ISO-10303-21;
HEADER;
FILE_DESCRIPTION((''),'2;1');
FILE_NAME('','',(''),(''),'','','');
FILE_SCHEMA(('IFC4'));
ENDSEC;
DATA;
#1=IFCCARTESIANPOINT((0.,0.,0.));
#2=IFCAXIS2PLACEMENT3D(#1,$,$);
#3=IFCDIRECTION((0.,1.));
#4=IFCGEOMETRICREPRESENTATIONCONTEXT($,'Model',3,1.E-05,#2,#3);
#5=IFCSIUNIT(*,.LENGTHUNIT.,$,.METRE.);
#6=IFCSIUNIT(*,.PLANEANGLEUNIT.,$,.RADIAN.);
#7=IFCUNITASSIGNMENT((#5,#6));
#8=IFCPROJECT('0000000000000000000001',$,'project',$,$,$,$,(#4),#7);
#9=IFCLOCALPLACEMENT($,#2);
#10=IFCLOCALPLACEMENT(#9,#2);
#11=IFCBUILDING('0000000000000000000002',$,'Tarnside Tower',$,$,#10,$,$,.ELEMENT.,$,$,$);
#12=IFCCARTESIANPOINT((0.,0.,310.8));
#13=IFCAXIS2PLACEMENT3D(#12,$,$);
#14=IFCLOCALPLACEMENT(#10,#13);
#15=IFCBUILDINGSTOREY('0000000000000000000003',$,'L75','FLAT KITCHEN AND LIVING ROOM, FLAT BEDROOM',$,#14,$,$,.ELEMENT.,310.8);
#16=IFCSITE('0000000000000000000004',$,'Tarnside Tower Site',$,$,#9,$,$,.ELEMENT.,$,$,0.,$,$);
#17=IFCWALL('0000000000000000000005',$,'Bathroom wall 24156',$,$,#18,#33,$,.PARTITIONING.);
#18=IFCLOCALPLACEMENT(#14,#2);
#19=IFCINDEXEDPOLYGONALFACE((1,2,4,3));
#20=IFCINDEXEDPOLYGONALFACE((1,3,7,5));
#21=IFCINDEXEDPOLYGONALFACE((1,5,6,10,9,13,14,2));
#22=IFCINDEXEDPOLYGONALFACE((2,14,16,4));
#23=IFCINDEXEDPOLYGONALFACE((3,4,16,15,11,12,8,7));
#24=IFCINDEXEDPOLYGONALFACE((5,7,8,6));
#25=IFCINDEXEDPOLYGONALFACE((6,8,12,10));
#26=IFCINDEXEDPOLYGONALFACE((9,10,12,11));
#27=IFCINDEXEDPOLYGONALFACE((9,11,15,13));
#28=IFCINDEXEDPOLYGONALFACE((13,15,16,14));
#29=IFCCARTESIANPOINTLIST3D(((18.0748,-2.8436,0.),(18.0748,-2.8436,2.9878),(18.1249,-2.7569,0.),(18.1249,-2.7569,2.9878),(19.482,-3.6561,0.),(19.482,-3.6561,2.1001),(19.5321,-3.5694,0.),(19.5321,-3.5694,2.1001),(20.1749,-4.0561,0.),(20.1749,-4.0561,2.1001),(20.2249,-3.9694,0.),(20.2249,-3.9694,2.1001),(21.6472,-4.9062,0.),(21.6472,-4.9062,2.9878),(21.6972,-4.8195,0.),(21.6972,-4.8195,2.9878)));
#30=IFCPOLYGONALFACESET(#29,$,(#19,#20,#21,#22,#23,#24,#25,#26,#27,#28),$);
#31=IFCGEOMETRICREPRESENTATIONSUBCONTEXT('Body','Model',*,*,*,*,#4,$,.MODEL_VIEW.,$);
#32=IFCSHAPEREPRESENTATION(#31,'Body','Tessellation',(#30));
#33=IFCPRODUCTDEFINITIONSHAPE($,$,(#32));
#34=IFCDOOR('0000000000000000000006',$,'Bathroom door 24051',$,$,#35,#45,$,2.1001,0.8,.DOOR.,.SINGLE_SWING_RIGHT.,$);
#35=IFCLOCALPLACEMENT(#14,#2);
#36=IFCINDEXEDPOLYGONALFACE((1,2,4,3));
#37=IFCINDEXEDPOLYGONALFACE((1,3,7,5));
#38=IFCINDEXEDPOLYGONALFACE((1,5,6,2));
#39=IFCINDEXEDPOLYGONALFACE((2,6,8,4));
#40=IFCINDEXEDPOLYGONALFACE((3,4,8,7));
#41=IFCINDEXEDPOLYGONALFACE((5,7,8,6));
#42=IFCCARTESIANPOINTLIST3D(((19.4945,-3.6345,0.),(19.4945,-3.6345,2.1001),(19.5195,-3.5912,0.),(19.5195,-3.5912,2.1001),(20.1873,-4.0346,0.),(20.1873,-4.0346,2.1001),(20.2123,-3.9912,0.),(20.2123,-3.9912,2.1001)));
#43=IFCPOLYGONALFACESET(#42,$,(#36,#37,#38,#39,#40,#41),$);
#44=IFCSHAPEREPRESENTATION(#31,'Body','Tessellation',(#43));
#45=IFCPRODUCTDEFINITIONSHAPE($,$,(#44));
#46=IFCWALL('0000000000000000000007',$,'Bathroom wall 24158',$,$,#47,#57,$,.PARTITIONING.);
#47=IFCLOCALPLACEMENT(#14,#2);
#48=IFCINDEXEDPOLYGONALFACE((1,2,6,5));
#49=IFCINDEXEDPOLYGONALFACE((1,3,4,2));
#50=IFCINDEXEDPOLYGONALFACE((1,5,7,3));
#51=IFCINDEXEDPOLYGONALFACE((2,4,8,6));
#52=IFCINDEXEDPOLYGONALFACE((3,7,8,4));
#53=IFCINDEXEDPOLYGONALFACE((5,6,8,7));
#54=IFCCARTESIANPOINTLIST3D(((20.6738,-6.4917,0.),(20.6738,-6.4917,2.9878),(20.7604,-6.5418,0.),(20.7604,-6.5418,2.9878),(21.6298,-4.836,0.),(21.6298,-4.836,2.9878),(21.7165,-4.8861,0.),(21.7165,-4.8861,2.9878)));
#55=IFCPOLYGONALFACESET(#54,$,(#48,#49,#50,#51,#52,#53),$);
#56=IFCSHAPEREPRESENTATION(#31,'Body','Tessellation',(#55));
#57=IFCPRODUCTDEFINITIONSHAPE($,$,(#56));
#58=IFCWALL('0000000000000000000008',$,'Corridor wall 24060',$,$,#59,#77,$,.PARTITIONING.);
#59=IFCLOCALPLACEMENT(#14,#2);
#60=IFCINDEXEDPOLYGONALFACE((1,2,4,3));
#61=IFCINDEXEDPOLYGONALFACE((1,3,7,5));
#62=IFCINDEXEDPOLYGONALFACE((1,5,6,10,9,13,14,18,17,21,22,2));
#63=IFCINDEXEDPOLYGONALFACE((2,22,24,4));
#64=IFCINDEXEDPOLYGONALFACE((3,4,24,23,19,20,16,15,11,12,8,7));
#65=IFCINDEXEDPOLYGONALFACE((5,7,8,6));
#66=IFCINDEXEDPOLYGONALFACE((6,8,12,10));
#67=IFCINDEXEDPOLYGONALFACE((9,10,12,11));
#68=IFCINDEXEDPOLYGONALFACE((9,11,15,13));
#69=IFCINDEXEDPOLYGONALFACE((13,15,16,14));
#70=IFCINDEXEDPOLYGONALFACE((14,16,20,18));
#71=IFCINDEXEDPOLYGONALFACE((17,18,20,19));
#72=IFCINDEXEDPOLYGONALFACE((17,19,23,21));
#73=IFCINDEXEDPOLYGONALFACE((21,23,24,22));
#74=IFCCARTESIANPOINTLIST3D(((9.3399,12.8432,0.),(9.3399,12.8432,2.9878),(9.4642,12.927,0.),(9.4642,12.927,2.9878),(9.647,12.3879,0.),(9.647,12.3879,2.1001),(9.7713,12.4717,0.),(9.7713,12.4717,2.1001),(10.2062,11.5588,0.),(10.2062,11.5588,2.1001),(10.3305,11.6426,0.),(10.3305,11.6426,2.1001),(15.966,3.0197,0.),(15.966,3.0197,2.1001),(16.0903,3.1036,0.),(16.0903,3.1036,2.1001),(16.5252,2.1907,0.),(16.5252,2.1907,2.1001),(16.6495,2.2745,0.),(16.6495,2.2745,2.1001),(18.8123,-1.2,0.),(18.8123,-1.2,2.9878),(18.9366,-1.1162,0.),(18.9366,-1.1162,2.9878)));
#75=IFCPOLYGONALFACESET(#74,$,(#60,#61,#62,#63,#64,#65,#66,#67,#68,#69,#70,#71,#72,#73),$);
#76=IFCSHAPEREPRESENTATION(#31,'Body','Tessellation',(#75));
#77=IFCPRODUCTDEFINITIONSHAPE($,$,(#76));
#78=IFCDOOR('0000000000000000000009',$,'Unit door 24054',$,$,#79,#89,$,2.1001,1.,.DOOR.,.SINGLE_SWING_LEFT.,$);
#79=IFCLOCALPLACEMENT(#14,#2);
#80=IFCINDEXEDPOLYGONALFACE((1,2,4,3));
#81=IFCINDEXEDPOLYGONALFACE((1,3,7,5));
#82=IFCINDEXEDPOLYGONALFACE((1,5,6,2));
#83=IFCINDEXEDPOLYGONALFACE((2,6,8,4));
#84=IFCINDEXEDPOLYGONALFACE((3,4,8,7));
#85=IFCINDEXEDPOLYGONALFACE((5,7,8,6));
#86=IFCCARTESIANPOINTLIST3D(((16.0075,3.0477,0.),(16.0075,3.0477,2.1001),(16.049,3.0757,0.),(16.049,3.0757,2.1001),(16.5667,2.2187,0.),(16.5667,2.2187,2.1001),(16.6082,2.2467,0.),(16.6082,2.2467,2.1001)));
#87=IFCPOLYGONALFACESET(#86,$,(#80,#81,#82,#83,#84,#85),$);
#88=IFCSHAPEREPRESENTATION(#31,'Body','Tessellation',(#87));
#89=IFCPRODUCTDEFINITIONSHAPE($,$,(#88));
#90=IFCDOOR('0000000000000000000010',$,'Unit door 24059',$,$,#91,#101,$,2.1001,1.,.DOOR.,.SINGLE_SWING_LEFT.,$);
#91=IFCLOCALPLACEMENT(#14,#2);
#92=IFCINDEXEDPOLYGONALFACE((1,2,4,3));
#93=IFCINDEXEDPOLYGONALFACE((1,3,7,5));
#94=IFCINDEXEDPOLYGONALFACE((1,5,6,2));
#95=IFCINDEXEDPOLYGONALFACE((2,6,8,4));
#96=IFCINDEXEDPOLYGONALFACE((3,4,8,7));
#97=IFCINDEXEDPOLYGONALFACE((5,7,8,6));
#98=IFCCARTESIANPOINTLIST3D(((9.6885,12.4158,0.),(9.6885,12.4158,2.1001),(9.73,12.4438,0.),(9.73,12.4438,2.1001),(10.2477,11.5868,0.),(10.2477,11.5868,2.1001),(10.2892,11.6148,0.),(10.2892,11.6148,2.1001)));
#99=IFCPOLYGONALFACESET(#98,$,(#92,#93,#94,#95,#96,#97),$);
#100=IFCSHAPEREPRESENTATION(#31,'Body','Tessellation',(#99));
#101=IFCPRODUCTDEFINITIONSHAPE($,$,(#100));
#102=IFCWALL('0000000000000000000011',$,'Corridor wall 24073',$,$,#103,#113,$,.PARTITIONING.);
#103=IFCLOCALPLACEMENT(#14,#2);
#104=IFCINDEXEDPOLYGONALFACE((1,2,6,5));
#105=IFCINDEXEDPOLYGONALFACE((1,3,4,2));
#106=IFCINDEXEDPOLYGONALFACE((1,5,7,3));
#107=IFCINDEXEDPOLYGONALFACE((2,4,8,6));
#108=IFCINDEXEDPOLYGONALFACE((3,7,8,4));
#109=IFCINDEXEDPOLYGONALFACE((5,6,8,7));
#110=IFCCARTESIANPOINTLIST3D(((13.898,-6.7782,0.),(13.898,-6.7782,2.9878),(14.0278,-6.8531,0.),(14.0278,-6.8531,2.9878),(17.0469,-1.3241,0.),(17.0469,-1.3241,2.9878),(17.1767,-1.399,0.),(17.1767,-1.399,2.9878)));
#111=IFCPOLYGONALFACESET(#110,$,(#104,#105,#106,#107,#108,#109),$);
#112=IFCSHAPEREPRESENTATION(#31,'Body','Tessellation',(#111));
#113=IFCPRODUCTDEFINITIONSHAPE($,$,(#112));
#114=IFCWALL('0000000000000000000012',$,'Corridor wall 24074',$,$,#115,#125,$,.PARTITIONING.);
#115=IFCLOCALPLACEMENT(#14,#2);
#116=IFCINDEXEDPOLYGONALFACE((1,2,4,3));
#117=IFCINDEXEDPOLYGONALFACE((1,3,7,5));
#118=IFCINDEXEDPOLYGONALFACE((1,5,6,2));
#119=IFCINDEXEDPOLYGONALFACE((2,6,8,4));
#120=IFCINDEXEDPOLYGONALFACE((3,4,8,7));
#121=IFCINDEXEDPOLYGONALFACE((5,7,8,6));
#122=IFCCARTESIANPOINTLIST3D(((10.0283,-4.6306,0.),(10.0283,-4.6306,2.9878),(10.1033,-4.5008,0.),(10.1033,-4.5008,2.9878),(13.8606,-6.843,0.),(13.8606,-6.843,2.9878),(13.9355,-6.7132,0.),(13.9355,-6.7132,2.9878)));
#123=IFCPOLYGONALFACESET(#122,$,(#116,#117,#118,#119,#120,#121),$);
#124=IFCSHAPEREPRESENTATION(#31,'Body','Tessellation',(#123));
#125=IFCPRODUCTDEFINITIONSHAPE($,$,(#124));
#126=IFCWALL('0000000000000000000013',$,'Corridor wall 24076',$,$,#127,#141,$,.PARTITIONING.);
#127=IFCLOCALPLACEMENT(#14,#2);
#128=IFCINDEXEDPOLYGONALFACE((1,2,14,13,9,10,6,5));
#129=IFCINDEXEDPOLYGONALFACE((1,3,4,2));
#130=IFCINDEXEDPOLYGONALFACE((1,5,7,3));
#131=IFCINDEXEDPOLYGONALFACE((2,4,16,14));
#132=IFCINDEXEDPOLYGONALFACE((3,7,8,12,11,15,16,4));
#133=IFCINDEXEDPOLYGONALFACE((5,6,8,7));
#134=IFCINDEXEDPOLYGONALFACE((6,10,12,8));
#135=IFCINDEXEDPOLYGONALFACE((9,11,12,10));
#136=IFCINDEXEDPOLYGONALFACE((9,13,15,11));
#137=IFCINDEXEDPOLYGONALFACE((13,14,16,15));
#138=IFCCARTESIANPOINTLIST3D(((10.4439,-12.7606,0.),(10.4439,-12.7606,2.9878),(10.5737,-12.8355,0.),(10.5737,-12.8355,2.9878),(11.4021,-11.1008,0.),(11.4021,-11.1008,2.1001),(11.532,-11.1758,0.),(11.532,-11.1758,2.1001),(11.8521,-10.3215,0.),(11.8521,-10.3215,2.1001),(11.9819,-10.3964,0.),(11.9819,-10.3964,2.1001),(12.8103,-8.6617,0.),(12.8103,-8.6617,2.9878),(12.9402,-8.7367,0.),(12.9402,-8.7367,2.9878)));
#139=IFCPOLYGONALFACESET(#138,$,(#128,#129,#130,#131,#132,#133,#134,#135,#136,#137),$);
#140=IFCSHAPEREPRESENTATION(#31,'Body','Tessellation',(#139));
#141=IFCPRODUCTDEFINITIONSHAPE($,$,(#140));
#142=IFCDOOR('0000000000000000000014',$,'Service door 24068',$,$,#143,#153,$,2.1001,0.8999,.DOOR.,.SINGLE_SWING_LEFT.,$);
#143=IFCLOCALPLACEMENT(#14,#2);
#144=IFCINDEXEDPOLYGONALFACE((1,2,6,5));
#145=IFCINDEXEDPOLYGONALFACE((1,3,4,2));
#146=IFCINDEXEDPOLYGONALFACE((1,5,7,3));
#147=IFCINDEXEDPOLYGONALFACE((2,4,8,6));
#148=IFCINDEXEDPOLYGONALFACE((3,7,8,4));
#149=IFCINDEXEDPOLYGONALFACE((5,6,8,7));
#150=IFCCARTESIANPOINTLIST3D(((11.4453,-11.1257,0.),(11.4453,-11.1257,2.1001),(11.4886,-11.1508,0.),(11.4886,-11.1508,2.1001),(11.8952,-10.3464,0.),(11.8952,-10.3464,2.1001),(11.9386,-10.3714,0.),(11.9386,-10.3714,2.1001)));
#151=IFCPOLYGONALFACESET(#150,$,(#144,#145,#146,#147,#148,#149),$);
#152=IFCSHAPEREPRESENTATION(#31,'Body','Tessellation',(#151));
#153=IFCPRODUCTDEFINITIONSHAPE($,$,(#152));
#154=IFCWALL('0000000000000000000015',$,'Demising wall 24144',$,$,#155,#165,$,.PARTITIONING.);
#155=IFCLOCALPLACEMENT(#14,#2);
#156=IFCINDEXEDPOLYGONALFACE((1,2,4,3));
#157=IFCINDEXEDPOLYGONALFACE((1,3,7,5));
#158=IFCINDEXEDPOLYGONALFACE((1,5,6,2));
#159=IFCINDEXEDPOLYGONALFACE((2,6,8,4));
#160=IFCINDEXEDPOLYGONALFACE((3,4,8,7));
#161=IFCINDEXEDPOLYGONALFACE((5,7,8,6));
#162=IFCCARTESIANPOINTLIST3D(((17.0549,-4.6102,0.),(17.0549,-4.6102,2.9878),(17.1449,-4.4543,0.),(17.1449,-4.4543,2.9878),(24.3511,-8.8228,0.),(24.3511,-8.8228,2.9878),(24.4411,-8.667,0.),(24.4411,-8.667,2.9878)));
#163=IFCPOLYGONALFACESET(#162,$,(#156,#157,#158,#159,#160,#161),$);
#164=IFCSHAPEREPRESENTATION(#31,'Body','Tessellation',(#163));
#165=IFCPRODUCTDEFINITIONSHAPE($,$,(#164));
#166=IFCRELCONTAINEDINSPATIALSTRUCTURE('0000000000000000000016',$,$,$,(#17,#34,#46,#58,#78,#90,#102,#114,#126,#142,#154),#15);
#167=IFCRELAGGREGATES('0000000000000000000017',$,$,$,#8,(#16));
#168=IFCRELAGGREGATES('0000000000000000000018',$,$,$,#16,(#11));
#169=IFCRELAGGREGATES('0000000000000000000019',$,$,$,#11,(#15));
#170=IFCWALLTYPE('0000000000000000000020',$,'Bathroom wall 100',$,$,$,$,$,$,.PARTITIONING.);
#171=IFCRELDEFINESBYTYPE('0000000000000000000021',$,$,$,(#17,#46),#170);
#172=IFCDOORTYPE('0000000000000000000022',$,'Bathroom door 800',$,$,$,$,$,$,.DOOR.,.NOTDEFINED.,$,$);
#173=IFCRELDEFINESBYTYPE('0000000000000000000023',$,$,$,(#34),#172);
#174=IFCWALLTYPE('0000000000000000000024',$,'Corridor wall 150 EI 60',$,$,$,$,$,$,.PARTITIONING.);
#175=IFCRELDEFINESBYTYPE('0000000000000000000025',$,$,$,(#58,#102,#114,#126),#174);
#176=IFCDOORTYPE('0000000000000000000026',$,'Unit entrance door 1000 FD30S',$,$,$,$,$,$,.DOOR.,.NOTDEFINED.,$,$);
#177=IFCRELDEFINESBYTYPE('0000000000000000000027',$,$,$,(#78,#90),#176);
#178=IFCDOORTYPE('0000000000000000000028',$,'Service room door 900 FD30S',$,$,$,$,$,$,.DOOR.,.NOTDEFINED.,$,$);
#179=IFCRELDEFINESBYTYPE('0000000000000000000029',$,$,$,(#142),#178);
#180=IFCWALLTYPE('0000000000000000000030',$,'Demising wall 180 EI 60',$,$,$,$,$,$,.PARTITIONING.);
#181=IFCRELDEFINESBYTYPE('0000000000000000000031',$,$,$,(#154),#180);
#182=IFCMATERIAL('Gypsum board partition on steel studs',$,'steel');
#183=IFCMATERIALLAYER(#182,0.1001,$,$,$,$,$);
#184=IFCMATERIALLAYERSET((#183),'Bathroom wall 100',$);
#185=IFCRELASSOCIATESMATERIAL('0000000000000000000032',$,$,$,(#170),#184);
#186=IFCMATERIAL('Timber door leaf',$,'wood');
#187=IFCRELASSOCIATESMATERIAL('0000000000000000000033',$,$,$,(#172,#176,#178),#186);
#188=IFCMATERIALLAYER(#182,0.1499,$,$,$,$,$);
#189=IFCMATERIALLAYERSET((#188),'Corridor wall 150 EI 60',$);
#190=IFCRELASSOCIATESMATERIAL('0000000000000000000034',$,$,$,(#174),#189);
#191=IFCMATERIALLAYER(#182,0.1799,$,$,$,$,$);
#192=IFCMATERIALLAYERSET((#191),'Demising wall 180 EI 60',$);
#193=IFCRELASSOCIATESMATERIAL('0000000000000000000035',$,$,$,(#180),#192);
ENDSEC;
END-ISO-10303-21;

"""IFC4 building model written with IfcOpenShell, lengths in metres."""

from ifc_helpers import new_model, si_unit, direction, frame, frame_2d, origin, place, context, subcontext, project, spatial, rectangle, extrude, material, layer, layer_set, type_object, element, fill, save


model = new_model("IFC4")

# Units and contexts
model_context = context("Model", 3, precision=1e-05, world=origin(), true_north=direction((0.0, 1.0)))
body_context = subcontext(model_context, "Body", "Model", "MODEL_VIEW")
ifc_project = project(units=[si_unit("LENGTHUNIT", "METRE"), si_unit("PLANEANGLEUNIT", "RADIAN")], contexts=[model_context])

# Site, building, storey
site_placement = place(None, origin())
site = spatial("IfcSite", under=ifc_project, at=site_placement, Name="Tarnside Tower Site", CompositionType="ELEMENT", RefElevation=0.0)
building_placement = place(site_placement, origin())
building = spatial("IfcBuilding", under=site, at=building_placement, Name="Tarnside Tower", CompositionType="ELEMENT")
storey_placement = place(building_placement, frame((0.0, 0.0, 310.8)))
storey = spatial("IfcBuildingStorey", under=building, at=storey_placement, Name="L75", Description="FLAT KITCHEN AND LIVING ROOM, FLAT BEDROOM", CompositionType="ELEMENT", Elevation=310.8)

# Wall, opening, door
ifc_material_1 = material(Name="Gypsum board partition on steel studs", Category="steel")
ifc_layer_1 = layer(ifc_material_1, 0.1001)
ifc_layer_set_1 = layer_set([ifc_layer_1], Name="Bathroom wall 100")
wall_type_1 = type_object("IfcWallType", Name="Bathroom wall 100", PredefinedType="PARTITIONING", material=ifc_layer_set_1)
wall_1_placement = place(storey_placement, frame((18.0999, -2.8003, 0.0), z_axis=(0.0, 0.0, 1.0), x_axis=(0.86602, -0.500009, 0.0)))
wall_1 = element("IfcWall", 1, at=wall_1_placement, inside=storey, type_object=wall_type_1, Name="Bathroom wall 24156", PredefinedType="PARTITIONING", context=body_context, shape_type="SweptSolid", body=[
    extrude(rectangle(XDim=4.125, YDim=0.1001, at=frame_2d((2.0625, 0.0))), origin(), (0.0, 0.0, 1.0), 2.9878),
])
opening_1_placement = place(wall_1_placement, frame((1.625, 0.0, 0.0)))
opening_1 = element("IfcOpeningElement", 2, at=opening_1_placement, cuts=wall_1, PredefinedType="OPENING", context=body_context, shape_type="SweptSolid", body=[
    extrude(rectangle(XDim=0.8, YDim=2.1001, at=frame_2d((0.3999, 1.05))), frame((0.0, 0.0601, 0.0), z_axis=(0.0, -1.0, 0.0), x_axis=(1.0, 0.0, 0.0)), (0.0, 0.0, 1.0), 0.1201),
])
ifc_material_2 = material(Name="Timber door leaf", Category="wood")
door_type_1 = type_object("IfcDoorType", Name="Bathroom door 800", OperationType="NOTDEFINED", PredefinedType="DOOR", material=ifc_material_2)
door_1_placement = place(opening_1_placement, origin())
door_1 = element("IfcDoor", 3, at=door_1_placement, inside=storey, type_object=door_type_1, Name="Bathroom door 24051", OperationType="SINGLE_SWING_RIGHT", OverallHeight=2.1001, OverallWidth=0.8, PredefinedType="DOOR", context=body_context, shape_type="SweptSolid", body=[
    extrude(rectangle(XDim=0.8, YDim=2.1001, at=frame_2d((0.3999, 1.05))), frame((0.0, 0.0249, 0.0), z_axis=(0.0, -1.0, 0.0), x_axis=(1.0, 0.0, 0.0)), (0.0, 0.0, 1.0), 0.05),
])
fill(opening_1, door_1)

# Wall
wall_2_placement = place(storey_placement, frame((20.717, -6.5168, 0.0), z_axis=(0.0, 0.0, 1.0), x_axis=(0.500039, 0.866003, 0.0)))
element("IfcWall", 4, at=wall_2_placement, inside=storey, type_object=wall_type_1, Name="Bathroom wall 24158", PredefinedType="PARTITIONING", context=body_context, shape_type="SweptSolid", body=[
    extrude(rectangle(XDim=1.9119, YDim=0.1001, at=frame_2d((0.9561, 0.0))), origin(), (0.0, 0.0, 1.0), 2.9878),
])

# Wall, openings, doors
ifc_layer_2 = layer(ifc_material_1, 0.1499)
ifc_layer_set_2 = layer_set([ifc_layer_2], Name="Corridor wall 150 EI 60")
wall_type_2 = type_object("IfcWallType", Name="Corridor wall 150 EI 60", PredefinedType="PARTITIONING", material=ifc_layer_set_2)
wall_3_placement = place(storey_placement, frame((18.8745, -1.1582, 0.0), z_axis=(0.0, 0.0, 1.0), x_axis=(-0.559199, 0.829034, 0.0)))
wall_3 = element("IfcWall", 5, at=wall_3_placement, inside=storey, type_object=wall_type_2, Name="Corridor wall 24060", PredefinedType="PARTITIONING", context=body_context, shape_type="SweptSolid", body=[
    extrude(rectangle(XDim=16.9392, YDim=0.1499, at=frame_2d((8.4697, 0.0))), origin(), (0.0, 0.0, 1.0), 2.9878),
])
opening_2_placement = place(wall_3_placement, frame((4.0901, 0.0, 0.0)))
opening_2 = element("IfcOpeningElement", 6, at=opening_2_placement, cuts=wall_3, PredefinedType="OPENING", context=body_context, shape_type="SweptSolid", body=[
    extrude(rectangle(XDim=1.0, YDim=2.1001, at=frame_2d((0.5, 1.05))), frame((0.0, 0.085, 0.0), z_axis=(0.0, -1.0, 0.0), x_axis=(1.0, 0.0, 0.0)), (0.0, 0.0, 1.0), 0.1699),
])
opening_3_placement = place(wall_3_placement, frame((15.3901, 0.0, 0.0)))
opening_3 = element("IfcOpeningElement", 7, at=opening_3_placement, cuts=wall_3, PredefinedType="OPENING", context=body_context, shape_type="SweptSolid", body=[
    extrude(rectangle(XDim=1.0, YDim=2.1001, at=frame_2d((0.5, 1.05))), frame((0.0, 0.085, 0.0), z_axis=(0.0, -1.0, 0.0), x_axis=(1.0, 0.0, 0.0)), (0.0, 0.0, 1.0), 0.1699),
])
door_type_2 = type_object("IfcDoorType", Name="Unit entrance door 1000 FD30S", OperationType="NOTDEFINED", PredefinedType="DOOR", material=ifc_material_2)
door_2_placement = place(opening_2_placement, origin())
door_2 = element("IfcDoor", 8, at=door_2_placement, inside=storey, type_object=door_type_2, Name="Unit door 24054", OperationType="SINGLE_SWING_LEFT", OverallHeight=2.1001, OverallWidth=1.0, PredefinedType="DOOR", context=body_context, shape_type="SweptSolid", body=[
    extrude(rectangle(XDim=1.0, YDim=2.1001, at=frame_2d((0.5, 1.05))), frame((0.0, 0.0249, 0.0), z_axis=(0.0, -1.0, 0.0), x_axis=(1.0, 0.0, 0.0)), (0.0, 0.0, 1.0), 0.05),
])
fill(opening_2, door_2)
door_3_placement = place(opening_3_placement, origin())
door_3 = element("IfcDoor", 9, at=door_3_placement, inside=storey, type_object=door_type_2, Name="Unit door 24059", OperationType="SINGLE_SWING_LEFT", OverallHeight=2.1001, OverallWidth=1.0, PredefinedType="DOOR", context=body_context, shape_type="SweptSolid", body=[
    extrude(rectangle(XDim=1.0, YDim=2.1001, at=frame_2d((0.5, 1.05))), frame((0.0, 0.0249, 0.0), z_axis=(0.0, -1.0, 0.0), x_axis=(1.0, 0.0, 0.0)), (0.0, 0.0, 1.0), 0.05),
])
fill(opening_3, door_3)

# Walls
wall_4_placement = place(storey_placement, frame((17.1118, -1.3616, 0.0), z_axis=(0.0, 0.0, 1.0), x_axis=(-0.5, -0.866025, 0.0)))
element("IfcWall", 10, at=wall_4_placement, inside=storey, type_object=wall_type_2, Name="Corridor wall 24073", PredefinedType="PARTITIONING", context=body_context, shape_type="SweptSolid", body=[
    extrude(rectangle(XDim=6.2979, YDim=0.1499, at=frame_2d((3.1489, 0.0))), origin(), (0.0, 0.0, 1.0), 2.9878),
])
wall_5_placement = place(storey_placement, frame((13.8979, -6.7781, 0.0), z_axis=(0.0, 0.0, 1.0), x_axis=(-0.866041, 0.499972, 0.0)))
element("IfcWall", 11, at=wall_5_placement, inside=storey, type_object=wall_type_2, Name="Corridor wall 24074", PredefinedType="PARTITIONING", context=body_context, shape_type="SweptSolid", body=[
    extrude(rectangle(XDim=4.425, YDim=0.1499, at=frame_2d((2.2124, 0.0))), origin(), (0.0, 0.0, 1.0), 2.9878),
])

# Wall, opening, door
wall_6_placement = place(storey_placement, frame((12.8752, -8.6992, 0.0), z_axis=(0.0, 0.0, 1.0), x_axis=(-0.499995, -0.866028, 0.0)))
wall_6 = element("IfcWall", 12, at=wall_6_placement, inside=storey, type_object=wall_type_2, Name="Corridor wall 24076", PredefinedType="PARTITIONING", context=body_context, shape_type="SweptSolid", body=[
    extrude(rectangle(XDim=4.7329, YDim=0.1499, at=frame_2d((2.3665, 0.0))), origin(), (0.0, 0.0, 1.0), 2.9878),
])
opening_4_placement = place(wall_6_placement, frame((1.9165, 0.0, 0.0)))
opening_4 = element("IfcOpeningElement", 13, at=opening_4_placement, cuts=wall_6, PredefinedType="OPENING", context=body_context, shape_type="SweptSolid", body=[
    extrude(rectangle(XDim=0.8999, YDim=2.1001, at=frame_2d((0.45, 1.05))), frame((0.0, 0.085, 0.0), z_axis=(0.0, -1.0, 0.0), x_axis=(1.0, 0.0, 0.0)), (0.0, 0.0, 1.0), 0.1699),
])
door_type_3 = type_object("IfcDoorType", Name="Service room door 900 FD30S", OperationType="NOTDEFINED", PredefinedType="DOOR", material=ifc_material_2)
door_4_placement = place(opening_4_placement, origin())
door_4 = element("IfcDoor", 14, at=door_4_placement, inside=storey, type_object=door_type_3, Name="Service door 24068", OperationType="SINGLE_SWING_LEFT", OverallHeight=2.1001, OverallWidth=0.8999, PredefinedType="DOOR", context=body_context, shape_type="SweptSolid", body=[
    extrude(rectangle(XDim=0.8999, YDim=2.1001, at=frame_2d((0.45, 1.05))), frame((0.0, 0.0249, 0.0), z_axis=(0.0, -1.0, 0.0), x_axis=(1.0, 0.0, 0.0)), (0.0, 0.0, 1.0), 0.05),
])
fill(opening_4, door_4)

# Wall
ifc_layer_3 = layer(ifc_material_1, 0.1799)
ifc_layer_set_3 = layer_set([ifc_layer_3], Name="Demising wall 180 EI 60")
wall_type_3 = type_object("IfcWallType", Name="Demising wall 180 EI 60", PredefinedType="PARTITIONING", material=ifc_layer_set_3)
wall_7_placement = place(storey_placement, frame((24.396, -8.7449, 0.0), z_axis=(0.0, 0.0, 1.0), x_axis=(-0.866014, 0.500019, 0.0)))
element("IfcWall", 15, at=wall_7_placement, inside=storey, type_object=wall_type_3, Name="Demising wall 24144", PredefinedType="PARTITIONING", context=body_context, shape_type="SweptSolid", body=[
    extrude(rectangle(XDim=8.425, YDim=0.1799, at=frame_2d((4.2124, 0.0))), origin(), (0.0, 0.0, 1.0), 2.9878),
])

save(model, "model.ifc")
